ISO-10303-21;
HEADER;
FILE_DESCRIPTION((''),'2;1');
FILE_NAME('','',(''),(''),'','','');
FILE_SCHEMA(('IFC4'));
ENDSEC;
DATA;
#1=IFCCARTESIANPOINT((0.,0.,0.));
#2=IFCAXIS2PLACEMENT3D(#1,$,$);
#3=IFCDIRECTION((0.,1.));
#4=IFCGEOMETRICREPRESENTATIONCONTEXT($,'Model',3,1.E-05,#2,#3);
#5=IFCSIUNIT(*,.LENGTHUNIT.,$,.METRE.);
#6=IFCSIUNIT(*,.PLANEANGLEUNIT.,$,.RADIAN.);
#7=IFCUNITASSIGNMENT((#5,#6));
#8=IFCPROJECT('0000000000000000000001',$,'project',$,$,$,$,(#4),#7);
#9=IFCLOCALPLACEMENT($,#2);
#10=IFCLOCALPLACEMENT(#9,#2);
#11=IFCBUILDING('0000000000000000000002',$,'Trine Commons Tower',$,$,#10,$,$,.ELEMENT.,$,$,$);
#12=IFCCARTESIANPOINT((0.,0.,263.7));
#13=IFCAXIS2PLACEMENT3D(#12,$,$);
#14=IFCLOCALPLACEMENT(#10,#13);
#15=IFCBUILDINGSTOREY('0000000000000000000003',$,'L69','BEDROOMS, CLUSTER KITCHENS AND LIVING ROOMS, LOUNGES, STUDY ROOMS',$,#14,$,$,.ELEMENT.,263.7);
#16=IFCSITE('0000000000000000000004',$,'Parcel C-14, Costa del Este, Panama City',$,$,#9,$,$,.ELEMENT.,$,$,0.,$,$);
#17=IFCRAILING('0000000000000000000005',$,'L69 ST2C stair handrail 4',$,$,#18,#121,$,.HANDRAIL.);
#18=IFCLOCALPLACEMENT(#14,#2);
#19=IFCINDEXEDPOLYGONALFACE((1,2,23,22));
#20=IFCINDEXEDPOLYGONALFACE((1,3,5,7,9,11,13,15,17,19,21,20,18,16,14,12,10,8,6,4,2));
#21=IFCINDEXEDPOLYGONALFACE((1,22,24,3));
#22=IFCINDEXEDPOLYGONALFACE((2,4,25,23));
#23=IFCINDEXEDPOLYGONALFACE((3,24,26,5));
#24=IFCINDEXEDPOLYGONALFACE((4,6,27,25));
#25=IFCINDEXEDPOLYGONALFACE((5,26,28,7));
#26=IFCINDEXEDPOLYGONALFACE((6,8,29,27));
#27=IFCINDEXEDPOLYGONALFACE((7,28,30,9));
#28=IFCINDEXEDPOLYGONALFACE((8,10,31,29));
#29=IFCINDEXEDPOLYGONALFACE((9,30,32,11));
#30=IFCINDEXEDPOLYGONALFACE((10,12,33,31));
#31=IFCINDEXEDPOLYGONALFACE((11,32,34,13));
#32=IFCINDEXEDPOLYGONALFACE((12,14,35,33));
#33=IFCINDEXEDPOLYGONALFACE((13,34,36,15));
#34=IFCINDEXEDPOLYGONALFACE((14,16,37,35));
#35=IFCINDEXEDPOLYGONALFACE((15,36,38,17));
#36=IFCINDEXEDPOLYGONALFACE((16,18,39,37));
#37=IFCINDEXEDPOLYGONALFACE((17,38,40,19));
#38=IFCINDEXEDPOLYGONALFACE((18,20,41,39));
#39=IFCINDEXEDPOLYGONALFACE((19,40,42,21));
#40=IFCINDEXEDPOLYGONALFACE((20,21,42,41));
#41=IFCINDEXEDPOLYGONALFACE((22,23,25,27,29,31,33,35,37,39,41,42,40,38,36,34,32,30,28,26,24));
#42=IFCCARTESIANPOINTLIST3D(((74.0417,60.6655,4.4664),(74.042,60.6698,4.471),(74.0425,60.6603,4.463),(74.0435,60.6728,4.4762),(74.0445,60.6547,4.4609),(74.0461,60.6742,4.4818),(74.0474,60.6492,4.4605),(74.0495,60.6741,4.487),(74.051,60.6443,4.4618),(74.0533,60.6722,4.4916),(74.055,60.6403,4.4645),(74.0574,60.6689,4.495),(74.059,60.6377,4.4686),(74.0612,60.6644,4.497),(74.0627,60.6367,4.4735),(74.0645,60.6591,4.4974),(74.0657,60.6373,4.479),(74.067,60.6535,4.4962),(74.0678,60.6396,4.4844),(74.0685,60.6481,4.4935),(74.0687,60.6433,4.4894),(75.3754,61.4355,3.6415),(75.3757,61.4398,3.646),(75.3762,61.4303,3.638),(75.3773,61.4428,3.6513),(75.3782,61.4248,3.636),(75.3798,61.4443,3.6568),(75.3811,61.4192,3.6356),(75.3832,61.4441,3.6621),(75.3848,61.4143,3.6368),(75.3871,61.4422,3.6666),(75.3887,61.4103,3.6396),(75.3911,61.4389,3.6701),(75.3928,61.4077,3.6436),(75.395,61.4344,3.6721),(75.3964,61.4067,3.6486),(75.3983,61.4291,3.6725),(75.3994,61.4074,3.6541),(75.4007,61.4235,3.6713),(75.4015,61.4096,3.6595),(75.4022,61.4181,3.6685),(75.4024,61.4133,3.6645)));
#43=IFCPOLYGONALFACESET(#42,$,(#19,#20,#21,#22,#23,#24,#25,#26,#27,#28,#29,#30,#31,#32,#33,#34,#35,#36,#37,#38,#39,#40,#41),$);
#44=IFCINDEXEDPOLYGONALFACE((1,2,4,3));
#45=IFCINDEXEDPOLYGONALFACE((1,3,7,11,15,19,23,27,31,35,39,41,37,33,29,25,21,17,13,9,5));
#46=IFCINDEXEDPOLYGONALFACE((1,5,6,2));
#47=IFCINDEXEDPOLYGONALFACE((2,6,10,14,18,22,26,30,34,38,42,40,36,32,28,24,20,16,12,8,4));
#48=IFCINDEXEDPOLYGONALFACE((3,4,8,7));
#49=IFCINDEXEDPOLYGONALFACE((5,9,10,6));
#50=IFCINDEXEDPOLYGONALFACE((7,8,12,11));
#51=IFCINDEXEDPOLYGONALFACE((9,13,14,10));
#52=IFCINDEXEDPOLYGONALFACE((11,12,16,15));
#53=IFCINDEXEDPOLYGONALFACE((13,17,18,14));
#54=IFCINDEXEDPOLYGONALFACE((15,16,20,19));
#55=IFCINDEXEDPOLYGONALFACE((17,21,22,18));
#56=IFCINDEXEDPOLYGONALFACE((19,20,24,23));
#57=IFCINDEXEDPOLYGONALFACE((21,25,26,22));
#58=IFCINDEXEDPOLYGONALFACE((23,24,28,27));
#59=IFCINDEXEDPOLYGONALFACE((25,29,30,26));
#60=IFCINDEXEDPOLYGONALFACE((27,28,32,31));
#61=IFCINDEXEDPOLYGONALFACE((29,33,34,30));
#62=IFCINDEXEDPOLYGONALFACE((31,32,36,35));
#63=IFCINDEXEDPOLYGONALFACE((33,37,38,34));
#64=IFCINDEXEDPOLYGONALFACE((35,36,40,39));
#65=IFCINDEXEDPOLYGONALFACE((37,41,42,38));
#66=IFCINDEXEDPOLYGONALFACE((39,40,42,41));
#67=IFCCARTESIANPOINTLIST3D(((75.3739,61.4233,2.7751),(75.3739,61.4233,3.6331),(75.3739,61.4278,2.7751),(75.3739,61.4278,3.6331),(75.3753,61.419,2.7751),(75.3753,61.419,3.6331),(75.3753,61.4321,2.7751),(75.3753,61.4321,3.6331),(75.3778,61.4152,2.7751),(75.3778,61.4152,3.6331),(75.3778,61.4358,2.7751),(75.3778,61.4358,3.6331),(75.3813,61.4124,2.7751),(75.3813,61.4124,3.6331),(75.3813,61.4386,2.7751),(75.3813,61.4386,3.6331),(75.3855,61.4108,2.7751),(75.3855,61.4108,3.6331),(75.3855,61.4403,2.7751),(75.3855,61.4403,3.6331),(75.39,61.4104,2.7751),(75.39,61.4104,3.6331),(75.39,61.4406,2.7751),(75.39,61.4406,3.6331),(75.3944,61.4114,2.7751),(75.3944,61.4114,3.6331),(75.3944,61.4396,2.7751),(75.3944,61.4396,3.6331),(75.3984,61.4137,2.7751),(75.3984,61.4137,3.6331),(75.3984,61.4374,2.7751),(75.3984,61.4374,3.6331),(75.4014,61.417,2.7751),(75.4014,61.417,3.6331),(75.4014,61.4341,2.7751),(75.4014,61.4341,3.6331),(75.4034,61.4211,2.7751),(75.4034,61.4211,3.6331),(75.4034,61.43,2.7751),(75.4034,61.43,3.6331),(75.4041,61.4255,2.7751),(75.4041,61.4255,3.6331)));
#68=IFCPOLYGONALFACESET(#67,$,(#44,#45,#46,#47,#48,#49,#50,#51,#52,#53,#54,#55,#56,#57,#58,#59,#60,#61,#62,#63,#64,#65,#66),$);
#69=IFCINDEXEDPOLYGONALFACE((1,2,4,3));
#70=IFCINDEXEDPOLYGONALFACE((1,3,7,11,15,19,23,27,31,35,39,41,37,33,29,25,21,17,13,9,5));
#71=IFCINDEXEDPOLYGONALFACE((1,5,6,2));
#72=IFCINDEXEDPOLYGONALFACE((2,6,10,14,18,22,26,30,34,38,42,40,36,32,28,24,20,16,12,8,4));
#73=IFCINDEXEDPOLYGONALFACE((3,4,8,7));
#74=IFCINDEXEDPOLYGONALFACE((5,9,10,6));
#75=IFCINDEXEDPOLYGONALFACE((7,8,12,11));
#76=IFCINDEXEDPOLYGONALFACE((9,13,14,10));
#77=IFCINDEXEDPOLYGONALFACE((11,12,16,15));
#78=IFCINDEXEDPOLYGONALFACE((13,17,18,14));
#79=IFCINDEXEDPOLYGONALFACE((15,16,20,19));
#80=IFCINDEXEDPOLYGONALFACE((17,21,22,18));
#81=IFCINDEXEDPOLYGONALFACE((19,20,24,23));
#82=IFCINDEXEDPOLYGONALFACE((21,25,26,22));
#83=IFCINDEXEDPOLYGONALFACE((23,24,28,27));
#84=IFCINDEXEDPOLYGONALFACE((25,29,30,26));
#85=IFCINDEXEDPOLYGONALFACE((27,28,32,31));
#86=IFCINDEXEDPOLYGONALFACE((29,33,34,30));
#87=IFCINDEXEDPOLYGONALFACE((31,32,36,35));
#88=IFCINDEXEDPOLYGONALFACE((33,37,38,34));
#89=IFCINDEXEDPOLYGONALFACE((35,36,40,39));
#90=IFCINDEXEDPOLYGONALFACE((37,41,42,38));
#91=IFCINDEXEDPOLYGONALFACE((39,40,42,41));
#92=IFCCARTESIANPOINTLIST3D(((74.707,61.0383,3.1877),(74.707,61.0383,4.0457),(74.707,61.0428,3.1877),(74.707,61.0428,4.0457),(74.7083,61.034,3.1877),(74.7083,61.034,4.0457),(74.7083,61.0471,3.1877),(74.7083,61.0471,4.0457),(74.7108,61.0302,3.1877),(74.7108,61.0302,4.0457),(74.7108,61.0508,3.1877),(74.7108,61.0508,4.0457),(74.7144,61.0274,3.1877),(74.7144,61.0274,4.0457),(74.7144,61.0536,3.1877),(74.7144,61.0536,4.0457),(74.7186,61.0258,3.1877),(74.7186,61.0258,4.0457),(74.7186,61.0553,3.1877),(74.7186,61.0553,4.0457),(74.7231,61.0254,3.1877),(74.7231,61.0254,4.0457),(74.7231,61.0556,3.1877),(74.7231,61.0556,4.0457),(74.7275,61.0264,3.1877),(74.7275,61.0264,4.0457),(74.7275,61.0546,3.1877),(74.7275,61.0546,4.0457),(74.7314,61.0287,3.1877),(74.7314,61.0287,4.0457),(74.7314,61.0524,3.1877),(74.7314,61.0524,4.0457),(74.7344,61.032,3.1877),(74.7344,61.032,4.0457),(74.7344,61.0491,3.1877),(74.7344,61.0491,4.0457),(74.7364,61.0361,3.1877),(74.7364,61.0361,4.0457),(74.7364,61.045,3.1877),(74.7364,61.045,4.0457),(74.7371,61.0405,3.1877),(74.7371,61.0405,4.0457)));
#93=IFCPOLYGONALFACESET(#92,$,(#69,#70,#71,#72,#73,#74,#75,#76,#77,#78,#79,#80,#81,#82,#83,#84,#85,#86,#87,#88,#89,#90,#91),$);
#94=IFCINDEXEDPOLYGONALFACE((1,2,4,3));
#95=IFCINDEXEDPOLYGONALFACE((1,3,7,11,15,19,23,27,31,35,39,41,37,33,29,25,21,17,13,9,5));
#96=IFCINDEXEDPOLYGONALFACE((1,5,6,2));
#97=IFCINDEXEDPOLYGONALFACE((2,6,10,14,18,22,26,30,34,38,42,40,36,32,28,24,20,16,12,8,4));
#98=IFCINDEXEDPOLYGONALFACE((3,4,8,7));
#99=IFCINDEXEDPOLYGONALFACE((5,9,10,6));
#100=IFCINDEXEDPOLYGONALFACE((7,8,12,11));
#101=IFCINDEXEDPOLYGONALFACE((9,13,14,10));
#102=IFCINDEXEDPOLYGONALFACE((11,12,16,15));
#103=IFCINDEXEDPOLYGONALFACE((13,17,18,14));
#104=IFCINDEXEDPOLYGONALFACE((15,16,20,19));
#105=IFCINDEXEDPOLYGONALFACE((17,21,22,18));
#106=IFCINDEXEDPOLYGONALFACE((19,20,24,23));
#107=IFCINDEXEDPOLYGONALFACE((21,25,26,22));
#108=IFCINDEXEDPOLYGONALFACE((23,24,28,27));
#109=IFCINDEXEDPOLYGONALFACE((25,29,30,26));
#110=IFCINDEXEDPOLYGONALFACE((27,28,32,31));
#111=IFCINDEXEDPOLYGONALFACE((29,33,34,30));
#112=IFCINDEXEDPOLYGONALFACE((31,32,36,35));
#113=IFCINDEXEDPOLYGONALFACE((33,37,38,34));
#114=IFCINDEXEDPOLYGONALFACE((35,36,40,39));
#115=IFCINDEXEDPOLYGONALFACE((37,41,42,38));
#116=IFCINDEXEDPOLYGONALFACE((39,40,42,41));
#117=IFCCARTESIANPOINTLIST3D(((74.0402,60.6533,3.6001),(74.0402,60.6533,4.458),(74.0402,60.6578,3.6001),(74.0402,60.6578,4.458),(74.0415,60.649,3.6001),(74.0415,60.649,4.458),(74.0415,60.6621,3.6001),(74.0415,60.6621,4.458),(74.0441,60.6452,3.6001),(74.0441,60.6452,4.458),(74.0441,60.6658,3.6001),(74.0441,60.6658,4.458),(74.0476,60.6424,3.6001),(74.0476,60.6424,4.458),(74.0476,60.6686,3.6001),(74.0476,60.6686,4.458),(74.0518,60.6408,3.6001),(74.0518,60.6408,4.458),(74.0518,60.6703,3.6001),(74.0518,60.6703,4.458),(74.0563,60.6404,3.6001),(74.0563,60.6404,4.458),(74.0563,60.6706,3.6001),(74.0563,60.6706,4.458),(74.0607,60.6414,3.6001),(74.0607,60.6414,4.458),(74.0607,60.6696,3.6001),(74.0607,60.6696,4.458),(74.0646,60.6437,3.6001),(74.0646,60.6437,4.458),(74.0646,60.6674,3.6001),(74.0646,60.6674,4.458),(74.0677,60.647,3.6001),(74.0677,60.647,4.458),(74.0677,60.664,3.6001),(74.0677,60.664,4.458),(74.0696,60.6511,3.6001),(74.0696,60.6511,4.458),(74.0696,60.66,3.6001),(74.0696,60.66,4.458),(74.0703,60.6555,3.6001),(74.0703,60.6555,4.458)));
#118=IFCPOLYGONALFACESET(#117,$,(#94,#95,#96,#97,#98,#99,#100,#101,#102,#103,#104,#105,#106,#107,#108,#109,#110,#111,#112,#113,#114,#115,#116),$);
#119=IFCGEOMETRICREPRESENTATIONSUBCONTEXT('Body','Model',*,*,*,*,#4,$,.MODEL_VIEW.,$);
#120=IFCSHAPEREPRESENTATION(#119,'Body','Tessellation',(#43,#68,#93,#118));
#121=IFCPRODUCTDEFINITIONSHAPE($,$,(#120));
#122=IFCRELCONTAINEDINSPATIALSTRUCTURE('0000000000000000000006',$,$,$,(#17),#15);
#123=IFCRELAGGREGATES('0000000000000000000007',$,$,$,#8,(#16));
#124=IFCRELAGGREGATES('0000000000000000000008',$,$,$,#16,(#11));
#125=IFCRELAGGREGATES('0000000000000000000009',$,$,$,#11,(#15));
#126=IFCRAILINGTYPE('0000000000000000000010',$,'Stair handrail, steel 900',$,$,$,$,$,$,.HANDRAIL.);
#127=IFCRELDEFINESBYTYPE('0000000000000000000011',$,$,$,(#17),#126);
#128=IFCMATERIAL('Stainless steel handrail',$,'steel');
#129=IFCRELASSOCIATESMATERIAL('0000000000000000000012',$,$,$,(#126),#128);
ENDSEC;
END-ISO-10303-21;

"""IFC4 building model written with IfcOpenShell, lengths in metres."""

from ifc_helpers import new_model, si_unit, direction, frame, origin, origin_2d, place, context, subcontext, project, spatial, circle, extrude, material, type_object, element, save


model = new_model("IFC4")

# Units and contexts
model_context = context("Model", 3, precision=1e-05, world=origin(), true_north=direction((0.0, 1.0)))
body_context = subcontext(model_context, "Body", "Model", "MODEL_VIEW")
ifc_project = project(units=[si_unit("LENGTHUNIT", "METRE"), si_unit("PLANEANGLEUNIT", "RADIAN")], contexts=[model_context])

# Site, building, storey
site_placement = place(None, origin())
site = spatial("IfcSite", under=ifc_project, at=site_placement, Name="Parcel C-14, Costa del Este, Panama City", CompositionType="ELEMENT", RefElevation=0.0)
building_placement = place(site_placement, origin())
building = spatial("IfcBuilding", under=site, at=building_placement, Name="Trine Commons Tower", CompositionType="ELEMENT")
storey_placement = place(building_placement, frame((0.0, 0.0, 263.7)))
storey = spatial("IfcBuildingStorey", under=building, at=storey_placement, Name="L69", Description="BEDROOMS, CLUSTER KITCHENS AND LIVING ROOMS, LOUNGES, STUDY ROOMS", CompositionType="ELEMENT", Elevation=263.7)

# Railing
ifc_material_1 = material(Name="Stainless steel handrail", Category="steel")
railing_type_1 = type_object("IfcRailingType", Name="Stair handrail, steel 900", PredefinedType="HANDRAIL", material=ifc_material_1)
railing_1_placement = place(storey_placement, frame((75.3889, 61.4255, 2.7751)))
element("IfcRailing", 1, at=railing_1_placement, inside=storey, type_object=railing_type_1, Name="L69 ST2C stair handrail 4", PredefinedType="HANDRAIL", context=body_context, shape_type="SweptSolid", body=[
    extrude(circle(Radius=0.021, at=origin_2d()), frame((0.0, 0.0, 0.8789), z_axis=(-0.763405, -0.440743, 0.472185), x_axis=(0.499992, -0.86603, 0.0)), (0.0, 0.0, 1.0), 1.7471),
    extrude(circle(Radius=0.0151, at=origin_2d()), origin(), (0.0, 0.0, 1.0), 0.8579),
    extrude(circle(Radius=0.0151, at=origin_2d()), frame((-0.667, -0.385, 0.4126)), (0.0, 0.0, 1.0), 0.8579),
    extrude(circle(Radius=0.0151, at=origin_2d()), frame((-1.3337, -0.77, 0.825)), (0.0, 0.0, 1.0), 0.8579),
])

save(model, "model.ifc")
